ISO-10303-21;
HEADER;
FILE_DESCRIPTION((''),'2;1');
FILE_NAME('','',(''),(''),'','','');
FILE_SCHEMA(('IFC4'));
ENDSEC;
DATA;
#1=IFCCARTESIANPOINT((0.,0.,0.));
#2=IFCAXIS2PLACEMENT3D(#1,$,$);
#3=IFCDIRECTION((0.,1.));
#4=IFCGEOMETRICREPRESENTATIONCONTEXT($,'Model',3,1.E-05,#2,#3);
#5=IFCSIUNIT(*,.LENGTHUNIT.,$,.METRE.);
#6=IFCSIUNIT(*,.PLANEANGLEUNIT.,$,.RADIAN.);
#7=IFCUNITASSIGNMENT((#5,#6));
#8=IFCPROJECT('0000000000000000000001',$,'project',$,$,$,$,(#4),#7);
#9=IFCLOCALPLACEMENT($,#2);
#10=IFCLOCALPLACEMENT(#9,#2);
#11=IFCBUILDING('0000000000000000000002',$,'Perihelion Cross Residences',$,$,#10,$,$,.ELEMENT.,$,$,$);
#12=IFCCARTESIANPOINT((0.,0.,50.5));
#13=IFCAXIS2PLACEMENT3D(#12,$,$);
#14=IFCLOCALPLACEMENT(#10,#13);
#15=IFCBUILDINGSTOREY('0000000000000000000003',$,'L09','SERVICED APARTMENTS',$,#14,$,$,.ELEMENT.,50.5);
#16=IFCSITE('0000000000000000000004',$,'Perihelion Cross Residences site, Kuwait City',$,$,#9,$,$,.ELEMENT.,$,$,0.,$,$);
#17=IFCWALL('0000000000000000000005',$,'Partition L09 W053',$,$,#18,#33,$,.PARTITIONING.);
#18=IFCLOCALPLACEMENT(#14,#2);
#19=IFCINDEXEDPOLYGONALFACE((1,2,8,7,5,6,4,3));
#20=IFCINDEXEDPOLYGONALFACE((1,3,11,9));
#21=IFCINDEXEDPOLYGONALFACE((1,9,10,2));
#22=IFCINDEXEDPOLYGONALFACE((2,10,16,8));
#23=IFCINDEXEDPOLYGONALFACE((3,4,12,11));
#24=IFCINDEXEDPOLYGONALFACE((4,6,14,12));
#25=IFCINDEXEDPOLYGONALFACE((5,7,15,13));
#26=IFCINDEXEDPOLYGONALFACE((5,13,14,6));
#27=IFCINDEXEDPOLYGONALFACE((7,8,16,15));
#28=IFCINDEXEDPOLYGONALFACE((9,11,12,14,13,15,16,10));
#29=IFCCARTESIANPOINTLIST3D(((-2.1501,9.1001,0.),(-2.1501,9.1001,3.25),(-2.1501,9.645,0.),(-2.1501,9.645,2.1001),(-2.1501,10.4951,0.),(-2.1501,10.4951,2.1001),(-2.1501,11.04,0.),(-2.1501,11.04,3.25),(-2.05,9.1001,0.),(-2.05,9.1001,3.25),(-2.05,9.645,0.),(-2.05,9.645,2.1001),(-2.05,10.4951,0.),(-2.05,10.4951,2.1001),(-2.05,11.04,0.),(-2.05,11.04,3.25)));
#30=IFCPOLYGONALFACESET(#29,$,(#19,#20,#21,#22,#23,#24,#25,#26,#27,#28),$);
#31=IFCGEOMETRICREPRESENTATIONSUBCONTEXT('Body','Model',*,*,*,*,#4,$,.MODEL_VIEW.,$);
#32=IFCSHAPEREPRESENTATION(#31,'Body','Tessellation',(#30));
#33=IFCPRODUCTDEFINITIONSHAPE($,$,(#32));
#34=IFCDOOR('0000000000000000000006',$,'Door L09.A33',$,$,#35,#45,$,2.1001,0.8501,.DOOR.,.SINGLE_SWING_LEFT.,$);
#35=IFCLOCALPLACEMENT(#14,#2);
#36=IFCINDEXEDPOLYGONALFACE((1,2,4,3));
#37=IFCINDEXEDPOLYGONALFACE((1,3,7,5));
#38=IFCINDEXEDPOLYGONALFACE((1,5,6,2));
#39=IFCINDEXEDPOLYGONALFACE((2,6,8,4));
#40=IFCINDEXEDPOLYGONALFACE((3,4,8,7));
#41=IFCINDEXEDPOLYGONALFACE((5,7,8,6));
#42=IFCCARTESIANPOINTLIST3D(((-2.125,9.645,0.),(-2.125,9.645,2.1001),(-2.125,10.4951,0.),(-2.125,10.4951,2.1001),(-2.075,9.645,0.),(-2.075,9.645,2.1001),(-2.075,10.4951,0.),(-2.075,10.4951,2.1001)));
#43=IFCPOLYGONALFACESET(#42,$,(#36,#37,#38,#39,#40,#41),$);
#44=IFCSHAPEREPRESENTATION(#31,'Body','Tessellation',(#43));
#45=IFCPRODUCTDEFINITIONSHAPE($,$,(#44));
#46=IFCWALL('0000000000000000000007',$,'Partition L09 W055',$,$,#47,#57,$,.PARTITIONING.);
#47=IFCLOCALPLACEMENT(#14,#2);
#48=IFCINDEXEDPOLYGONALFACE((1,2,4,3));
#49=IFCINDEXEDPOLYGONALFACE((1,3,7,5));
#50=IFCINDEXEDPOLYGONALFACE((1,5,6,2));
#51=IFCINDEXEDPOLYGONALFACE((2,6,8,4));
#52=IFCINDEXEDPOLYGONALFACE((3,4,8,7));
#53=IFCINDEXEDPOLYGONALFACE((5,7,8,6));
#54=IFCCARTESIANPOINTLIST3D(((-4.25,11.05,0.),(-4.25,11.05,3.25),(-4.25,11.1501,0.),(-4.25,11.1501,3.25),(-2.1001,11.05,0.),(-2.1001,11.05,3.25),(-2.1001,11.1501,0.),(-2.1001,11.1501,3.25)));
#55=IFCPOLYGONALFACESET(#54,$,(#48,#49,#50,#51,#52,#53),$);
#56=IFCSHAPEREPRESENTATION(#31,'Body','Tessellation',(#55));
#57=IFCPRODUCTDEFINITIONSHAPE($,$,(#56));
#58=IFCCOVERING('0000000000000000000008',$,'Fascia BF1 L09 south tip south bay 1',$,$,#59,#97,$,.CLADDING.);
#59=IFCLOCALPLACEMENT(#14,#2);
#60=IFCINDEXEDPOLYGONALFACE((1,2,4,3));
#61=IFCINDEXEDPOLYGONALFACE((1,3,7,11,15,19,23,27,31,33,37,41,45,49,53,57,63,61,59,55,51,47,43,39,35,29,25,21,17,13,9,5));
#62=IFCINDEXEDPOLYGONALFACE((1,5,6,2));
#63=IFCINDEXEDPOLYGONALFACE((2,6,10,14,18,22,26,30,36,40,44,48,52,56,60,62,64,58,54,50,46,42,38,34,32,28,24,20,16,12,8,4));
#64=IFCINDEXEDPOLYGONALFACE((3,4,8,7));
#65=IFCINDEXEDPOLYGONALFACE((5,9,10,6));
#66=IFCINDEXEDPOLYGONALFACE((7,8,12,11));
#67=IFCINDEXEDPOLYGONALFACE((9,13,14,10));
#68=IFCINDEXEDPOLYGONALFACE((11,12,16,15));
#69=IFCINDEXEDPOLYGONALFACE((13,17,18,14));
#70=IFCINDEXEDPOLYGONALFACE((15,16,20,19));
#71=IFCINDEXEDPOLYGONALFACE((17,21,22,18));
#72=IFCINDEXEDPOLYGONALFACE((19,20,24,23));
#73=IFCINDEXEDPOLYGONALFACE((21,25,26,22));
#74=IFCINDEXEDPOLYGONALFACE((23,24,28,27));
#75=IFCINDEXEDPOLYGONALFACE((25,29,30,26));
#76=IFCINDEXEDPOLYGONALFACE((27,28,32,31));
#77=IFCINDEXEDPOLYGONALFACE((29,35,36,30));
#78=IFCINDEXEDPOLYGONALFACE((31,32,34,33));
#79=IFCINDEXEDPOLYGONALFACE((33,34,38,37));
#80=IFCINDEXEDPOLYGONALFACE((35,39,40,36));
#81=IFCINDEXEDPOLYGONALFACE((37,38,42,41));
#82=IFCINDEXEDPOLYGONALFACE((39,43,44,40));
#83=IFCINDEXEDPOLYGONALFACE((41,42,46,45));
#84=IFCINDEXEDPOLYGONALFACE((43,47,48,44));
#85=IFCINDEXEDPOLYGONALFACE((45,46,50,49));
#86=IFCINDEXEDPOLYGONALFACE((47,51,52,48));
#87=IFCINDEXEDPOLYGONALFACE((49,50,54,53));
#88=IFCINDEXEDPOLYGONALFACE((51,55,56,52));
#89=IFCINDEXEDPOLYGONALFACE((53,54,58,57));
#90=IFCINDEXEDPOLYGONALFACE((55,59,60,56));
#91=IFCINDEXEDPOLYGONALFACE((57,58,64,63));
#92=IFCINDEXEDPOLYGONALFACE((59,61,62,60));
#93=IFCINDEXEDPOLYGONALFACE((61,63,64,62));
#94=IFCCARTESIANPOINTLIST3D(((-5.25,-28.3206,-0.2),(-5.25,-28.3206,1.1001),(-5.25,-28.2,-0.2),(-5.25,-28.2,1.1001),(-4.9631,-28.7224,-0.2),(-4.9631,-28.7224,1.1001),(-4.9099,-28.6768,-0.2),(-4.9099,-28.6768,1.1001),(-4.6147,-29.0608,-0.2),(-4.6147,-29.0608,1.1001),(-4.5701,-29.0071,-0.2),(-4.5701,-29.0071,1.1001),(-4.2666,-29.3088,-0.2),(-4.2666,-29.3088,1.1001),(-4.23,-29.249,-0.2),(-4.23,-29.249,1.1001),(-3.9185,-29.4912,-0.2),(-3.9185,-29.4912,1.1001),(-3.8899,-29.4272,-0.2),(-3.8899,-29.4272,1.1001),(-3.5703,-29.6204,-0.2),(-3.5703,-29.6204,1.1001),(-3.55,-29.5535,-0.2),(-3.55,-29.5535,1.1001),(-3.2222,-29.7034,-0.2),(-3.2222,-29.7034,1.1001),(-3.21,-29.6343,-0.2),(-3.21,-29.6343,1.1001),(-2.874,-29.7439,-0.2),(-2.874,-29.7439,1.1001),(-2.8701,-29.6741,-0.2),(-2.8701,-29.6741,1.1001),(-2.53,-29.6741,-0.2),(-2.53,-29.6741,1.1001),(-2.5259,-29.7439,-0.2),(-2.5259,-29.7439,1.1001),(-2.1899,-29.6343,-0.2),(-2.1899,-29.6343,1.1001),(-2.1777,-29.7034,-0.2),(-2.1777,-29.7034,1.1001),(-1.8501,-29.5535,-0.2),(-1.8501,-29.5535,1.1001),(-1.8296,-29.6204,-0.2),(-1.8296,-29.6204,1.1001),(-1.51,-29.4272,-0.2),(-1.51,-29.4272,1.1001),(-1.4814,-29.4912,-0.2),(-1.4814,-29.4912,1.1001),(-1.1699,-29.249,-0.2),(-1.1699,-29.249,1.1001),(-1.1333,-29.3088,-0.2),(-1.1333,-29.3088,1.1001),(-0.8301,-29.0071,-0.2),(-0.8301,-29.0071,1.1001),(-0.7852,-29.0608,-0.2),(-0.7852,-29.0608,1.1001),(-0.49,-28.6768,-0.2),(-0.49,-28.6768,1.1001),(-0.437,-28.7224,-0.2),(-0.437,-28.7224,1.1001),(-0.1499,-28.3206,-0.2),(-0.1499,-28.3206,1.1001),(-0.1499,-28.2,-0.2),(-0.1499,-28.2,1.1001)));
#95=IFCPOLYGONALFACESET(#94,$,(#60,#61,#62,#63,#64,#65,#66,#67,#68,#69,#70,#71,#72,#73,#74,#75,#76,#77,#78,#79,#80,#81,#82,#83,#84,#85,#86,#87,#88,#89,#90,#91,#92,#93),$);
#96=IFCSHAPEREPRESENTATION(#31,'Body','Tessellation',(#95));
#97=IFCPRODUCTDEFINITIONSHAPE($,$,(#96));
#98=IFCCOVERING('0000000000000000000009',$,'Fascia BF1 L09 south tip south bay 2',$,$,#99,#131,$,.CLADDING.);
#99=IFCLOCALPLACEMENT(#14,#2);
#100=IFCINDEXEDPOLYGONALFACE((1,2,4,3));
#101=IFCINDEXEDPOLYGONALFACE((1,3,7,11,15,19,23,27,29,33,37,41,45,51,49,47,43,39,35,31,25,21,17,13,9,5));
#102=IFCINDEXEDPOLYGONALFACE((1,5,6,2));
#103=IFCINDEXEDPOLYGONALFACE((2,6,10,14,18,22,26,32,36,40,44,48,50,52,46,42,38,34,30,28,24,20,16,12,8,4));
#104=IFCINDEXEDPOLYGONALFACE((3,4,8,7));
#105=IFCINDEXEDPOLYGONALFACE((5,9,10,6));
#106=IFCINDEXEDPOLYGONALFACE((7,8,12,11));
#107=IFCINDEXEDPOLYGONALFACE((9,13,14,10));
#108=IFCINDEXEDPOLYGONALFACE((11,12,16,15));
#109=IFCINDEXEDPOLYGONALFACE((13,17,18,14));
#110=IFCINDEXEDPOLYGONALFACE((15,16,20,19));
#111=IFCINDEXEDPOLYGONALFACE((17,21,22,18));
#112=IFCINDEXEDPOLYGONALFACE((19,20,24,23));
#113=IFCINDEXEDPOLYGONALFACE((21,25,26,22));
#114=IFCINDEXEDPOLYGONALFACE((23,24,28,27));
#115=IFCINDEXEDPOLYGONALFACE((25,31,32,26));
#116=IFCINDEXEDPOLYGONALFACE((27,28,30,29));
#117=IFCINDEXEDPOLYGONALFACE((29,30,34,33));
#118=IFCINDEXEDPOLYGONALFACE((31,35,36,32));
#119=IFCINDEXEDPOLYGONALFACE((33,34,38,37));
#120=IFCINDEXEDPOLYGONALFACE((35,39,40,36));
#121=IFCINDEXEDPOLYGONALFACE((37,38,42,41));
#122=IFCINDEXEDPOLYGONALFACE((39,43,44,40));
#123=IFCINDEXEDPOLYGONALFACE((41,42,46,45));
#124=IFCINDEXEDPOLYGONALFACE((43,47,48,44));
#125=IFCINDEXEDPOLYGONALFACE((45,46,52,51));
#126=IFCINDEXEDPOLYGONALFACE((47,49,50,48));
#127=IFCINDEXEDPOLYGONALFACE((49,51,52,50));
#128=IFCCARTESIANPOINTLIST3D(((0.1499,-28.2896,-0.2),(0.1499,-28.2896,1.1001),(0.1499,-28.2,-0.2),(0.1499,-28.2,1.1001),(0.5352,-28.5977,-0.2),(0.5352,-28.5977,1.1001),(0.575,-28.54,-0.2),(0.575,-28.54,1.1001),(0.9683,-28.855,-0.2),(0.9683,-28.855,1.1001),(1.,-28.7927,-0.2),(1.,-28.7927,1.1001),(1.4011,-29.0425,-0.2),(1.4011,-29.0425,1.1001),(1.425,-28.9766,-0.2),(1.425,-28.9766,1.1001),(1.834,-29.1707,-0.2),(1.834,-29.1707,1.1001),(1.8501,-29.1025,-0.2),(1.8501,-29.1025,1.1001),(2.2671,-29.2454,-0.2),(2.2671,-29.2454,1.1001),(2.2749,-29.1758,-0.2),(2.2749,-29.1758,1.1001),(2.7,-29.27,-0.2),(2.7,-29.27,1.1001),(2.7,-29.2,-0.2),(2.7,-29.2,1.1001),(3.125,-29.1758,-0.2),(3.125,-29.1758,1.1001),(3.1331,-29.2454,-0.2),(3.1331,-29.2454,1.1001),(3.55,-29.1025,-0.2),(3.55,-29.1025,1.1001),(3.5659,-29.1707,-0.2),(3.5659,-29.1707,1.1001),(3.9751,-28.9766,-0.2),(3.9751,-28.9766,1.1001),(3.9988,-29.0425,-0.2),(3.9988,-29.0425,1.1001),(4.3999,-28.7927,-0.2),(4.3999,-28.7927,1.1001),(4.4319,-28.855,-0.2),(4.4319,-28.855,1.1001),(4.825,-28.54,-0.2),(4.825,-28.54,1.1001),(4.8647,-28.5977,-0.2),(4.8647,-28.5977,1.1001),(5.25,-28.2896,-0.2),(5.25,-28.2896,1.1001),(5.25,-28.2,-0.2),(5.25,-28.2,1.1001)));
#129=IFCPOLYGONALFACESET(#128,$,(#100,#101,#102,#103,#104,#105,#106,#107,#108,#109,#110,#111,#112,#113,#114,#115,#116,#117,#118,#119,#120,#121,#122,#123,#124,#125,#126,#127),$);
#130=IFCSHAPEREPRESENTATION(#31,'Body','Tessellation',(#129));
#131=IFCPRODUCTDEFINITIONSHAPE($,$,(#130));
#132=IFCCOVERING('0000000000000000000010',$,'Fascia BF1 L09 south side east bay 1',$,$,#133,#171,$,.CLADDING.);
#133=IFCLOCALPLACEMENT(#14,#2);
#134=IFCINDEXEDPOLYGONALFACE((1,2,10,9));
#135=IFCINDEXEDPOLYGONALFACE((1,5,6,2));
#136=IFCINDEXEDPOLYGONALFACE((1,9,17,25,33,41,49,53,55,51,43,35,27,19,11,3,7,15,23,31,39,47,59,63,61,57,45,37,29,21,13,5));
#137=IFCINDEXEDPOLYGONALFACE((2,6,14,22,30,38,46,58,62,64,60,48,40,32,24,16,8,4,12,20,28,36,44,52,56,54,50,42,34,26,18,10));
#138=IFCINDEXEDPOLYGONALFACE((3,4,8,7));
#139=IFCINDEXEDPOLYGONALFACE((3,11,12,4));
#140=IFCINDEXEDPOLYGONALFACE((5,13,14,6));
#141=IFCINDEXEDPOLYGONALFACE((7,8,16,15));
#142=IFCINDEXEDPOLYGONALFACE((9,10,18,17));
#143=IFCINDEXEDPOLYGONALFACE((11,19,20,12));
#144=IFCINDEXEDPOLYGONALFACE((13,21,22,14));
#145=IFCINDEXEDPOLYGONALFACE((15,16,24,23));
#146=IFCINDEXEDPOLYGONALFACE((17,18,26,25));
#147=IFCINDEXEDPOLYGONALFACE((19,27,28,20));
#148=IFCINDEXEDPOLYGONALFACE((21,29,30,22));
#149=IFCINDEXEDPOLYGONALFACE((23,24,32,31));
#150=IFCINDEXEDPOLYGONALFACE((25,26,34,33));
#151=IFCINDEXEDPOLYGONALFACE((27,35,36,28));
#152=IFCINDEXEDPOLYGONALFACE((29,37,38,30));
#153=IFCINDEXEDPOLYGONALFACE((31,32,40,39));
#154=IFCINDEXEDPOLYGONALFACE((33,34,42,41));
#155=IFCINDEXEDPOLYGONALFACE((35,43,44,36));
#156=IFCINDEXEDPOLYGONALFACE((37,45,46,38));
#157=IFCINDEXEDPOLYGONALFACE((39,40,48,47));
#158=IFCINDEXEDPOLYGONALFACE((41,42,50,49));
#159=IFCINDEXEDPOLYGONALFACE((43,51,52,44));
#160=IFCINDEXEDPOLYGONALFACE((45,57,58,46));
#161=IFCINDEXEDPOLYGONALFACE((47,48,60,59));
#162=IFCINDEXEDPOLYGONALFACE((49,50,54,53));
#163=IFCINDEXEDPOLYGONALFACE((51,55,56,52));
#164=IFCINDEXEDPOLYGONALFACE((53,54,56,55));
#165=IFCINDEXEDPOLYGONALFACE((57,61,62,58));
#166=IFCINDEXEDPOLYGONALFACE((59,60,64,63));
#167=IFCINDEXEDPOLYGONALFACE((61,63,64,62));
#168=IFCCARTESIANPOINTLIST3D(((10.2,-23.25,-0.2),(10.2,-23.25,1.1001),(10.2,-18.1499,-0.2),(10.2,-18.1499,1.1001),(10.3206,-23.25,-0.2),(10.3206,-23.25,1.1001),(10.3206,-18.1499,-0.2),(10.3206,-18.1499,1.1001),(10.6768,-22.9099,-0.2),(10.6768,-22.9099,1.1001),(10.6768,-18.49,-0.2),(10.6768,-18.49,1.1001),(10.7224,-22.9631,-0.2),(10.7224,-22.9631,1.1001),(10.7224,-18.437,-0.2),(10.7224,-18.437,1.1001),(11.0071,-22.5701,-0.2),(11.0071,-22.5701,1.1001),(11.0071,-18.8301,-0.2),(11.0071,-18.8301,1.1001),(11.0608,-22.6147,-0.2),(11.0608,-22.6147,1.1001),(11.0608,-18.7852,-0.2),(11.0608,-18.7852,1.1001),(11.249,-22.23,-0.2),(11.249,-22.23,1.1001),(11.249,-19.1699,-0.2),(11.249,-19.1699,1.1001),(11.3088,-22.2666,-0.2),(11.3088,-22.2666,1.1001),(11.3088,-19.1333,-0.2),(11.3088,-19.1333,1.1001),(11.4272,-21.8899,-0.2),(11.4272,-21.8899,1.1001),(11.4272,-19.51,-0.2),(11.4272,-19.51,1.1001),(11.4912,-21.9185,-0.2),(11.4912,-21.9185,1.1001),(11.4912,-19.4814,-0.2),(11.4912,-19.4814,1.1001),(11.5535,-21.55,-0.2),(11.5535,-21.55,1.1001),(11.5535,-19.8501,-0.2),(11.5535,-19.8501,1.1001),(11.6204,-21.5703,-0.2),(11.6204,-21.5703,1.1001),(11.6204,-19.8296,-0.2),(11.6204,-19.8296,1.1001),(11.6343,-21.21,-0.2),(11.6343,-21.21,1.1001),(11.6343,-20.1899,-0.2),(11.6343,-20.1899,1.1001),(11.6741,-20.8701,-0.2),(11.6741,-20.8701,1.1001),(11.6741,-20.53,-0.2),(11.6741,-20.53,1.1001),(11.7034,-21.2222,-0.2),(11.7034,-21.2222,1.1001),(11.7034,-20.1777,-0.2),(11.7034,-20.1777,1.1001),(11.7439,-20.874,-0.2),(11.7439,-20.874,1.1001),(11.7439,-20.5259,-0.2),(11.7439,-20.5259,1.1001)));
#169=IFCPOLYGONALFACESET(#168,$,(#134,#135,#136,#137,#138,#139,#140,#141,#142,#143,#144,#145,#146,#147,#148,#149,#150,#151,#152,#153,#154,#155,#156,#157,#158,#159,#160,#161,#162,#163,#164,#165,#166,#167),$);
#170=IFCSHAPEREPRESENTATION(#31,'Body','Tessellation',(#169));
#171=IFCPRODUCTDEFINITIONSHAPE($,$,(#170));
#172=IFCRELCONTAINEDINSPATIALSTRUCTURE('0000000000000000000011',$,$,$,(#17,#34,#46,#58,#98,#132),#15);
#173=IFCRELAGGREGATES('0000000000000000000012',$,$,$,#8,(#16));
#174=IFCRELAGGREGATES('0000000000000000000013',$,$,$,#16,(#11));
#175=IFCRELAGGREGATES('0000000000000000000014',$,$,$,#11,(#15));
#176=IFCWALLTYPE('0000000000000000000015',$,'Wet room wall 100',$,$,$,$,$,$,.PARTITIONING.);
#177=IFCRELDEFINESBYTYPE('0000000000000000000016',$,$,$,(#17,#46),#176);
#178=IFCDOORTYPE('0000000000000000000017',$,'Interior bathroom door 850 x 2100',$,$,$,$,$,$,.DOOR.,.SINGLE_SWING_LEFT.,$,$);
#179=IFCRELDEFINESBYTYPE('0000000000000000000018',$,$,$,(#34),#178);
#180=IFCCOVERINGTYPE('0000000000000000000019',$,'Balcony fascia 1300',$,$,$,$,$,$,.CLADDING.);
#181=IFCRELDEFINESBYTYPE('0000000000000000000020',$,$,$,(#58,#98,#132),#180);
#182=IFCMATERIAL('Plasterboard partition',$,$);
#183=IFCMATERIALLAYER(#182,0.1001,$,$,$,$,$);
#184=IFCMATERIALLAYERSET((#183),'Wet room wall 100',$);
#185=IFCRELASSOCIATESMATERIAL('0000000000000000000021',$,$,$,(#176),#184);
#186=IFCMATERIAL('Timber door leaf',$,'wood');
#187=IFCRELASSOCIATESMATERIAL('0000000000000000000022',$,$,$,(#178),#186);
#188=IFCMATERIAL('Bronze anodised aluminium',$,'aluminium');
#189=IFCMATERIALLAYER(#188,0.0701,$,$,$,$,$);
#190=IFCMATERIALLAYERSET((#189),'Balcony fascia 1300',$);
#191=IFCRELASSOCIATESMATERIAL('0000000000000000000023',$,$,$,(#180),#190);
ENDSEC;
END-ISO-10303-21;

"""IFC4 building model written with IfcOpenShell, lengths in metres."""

from ifc_helpers import new_model, si_unit, direction, frame, frame_2d, origin, place, context, subcontext, project, spatial, polyline, rectangle, outline, extrude, material, layer, layer_set, type_object, element, fill, save


model = new_model("IFC4")

# Units and contexts
model_context = context("Model", 3, precision=1e-05, world=origin(), true_north=direction((0.0, 1.0)))
body_context = subcontext(model_context, "Body", "Model", "MODEL_VIEW")
ifc_project = project(units=[si_unit("LENGTHUNIT", "METRE"), si_unit("PLANEANGLEUNIT", "RADIAN")], contexts=[model_context])

# Site, building, storey
site_placement = place(None, origin())
site = spatial("IfcSite", under=ifc_project, at=site_placement, Name="Perihelion Cross Residences site, Kuwait City", CompositionType="ELEMENT", RefElevation=0.0)
building_placement = place(site_placement, origin())
building = spatial("IfcBuilding", under=site, at=building_placement, Name="Perihelion Cross Residences", CompositionType="ELEMENT")
storey_placement = place(building_placement, frame((0.0, 0.0, 50.5)))
storey = spatial("IfcBuildingStorey", under=building, at=storey_placement, Name="L09", Description="SERVICED APARTMENTS", CompositionType="ELEMENT", Elevation=50.5)

# Shared definitions
ifc_material_1 = material(Name="Plasterboard partition")
ifc_layer_1 = layer(ifc_material_1, 0.1001)
ifc_layer_set_1 = layer_set([ifc_layer_1], Name="Wet room wall 100")
wall_type_1 = type_object("IfcWallType", Name="Wet room wall 100", PredefinedType="PARTITIONING", material=ifc_layer_set_1)
ifc_material_2 = material(Name="Timber door leaf", Category="wood")
door_type_1 = type_object("IfcDoorType", Name="Interior bathroom door 850 x 2100", OperationType="SINGLE_SWING_LEFT", PredefinedType="DOOR", material=ifc_material_2)

# Wall, opening, door
wall_1_placement = place(storey_placement, frame((-2.1001, 9.1001, 0.0), z_axis=(0.0, 0.0, 1.0), x_axis=(0.0, 1.0, 0.0)))
wall_1 = element("IfcWall", 1, at=wall_1_placement, inside=storey, type_object=wall_type_1, Name="Partition L09 W053", PredefinedType="PARTITIONING", context=body_context, shape_type="SweptSolid", body=[
    extrude(rectangle(XDim=1.9399, YDim=0.1001, at=frame_2d((0.97, 0.0))), origin(), (0.0, 0.0, 1.0), 3.25),
])
opening_1_placement = place(wall_1_placement, frame((0.5449, 0.0, 0.0)))
opening_1 = element("IfcOpeningElement", 2, at=opening_1_placement, cuts=wall_1, PredefinedType="OPENING", context=body_context, shape_type="SweptSolid", body=[
    extrude(rectangle(XDim=0.8501, YDim=2.1001, at=frame_2d((0.425, 1.05))), frame((0.0, 0.0601, 0.0), z_axis=(0.0, -1.0, 0.0), x_axis=(1.0, 0.0, 0.0)), (0.0, 0.0, 1.0), 0.1201),
])
door_1_placement = place(opening_1_placement, origin())
door_1 = element("IfcDoor", 3, at=door_1_placement, inside=storey, type_object=door_type_1, Name="Door L09.A33", OperationType="SINGLE_SWING_LEFT", OverallHeight=2.1001, OverallWidth=0.8501, PredefinedType="DOOR", context=body_context, shape_type="SweptSolid", body=[
    extrude(rectangle(XDim=0.8501, YDim=2.1001, at=frame_2d((0.425, 1.05))), frame((0.0, 0.0249, 0.0), z_axis=(0.0, -1.0, 0.0), x_axis=(1.0, 0.0, 0.0)), (0.0, 0.0, 1.0), 0.05),
])
fill(opening_1, door_1)

# Wall
wall_2_placement = place(storey_placement, frame((-4.25, 11.1001, 0.0), z_axis=(0.0, 0.0, 1.0), x_axis=(1.0, 0.0, 0.0)))
element("IfcWall", 4, at=wall_2_placement, inside=storey, type_object=wall_type_1, Name="Partition L09 W055", PredefinedType="PARTITIONING", context=body_context, shape_type="SweptSolid", body=[
    extrude(rectangle(XDim=2.1499, YDim=0.1001, at=frame_2d((1.075, 0.0))), origin(), (0.0, 0.0, 1.0), 3.25),
])

# Coverings
ifc_material_3 = material(Name="Bronze anodised aluminium", Category="aluminium")
ifc_layer_2 = layer(ifc_material_3, 0.0701)
ifc_layer_set_2 = layer_set([ifc_layer_2], Name="Balcony fascia 1300")
covering_type_1 = type_object("IfcCoveringType", Name="Balcony fascia 1300", PredefinedType="CLADDING", material=ifc_layer_set_2)
covering_1_placement = place(storey_placement, frame((0.0, 0.0, -0.2)))
element("IfcCovering", 5, at=covering_1_placement, inside=storey, type_object=covering_type_1, Name="Fascia BF1 L09 south tip south bay 1", PredefinedType="CLADDING", context=body_context, shape_type="SweptSolid", body=[
    extrude(outline(polyline([(-4.9631, -28.7224), (-4.6147, -29.0608), (-4.2666, -29.3088), (-3.9185, -29.4912), (-3.5703, -29.6204), (-3.2222, -29.7034), (-2.874, -29.7439), (-2.5259, -29.7439), (-2.1777, -29.7034), (-1.8296, -29.6204), (-1.4814, -29.4912), (-1.1333, -29.3088), (-0.7852, -29.0608), (-0.437, -28.7224), (-0.1499, -28.3206), (-0.1499, -28.2), (-0.49, -28.6768), (-0.8301, -29.0071), (-1.1699, -29.249), (-1.51, -29.4272), (-1.8501, -29.5535), (-2.1899, -29.6343), (-2.53, -29.6741), (-2.8701, -29.6741), (-3.21, -29.6343), (-3.55, -29.5535), (-3.8899, -29.4272), (-4.23, -29.249), (-4.5701, -29.0071), (-4.9099, -28.6768), (-5.25, -28.2), (-5.25, -28.3206), (-4.9631, -28.7224)])), origin(), (0.0, 0.0, 1.0), 1.3),
])
covering_2_placement = place(storey_placement, frame((0.0, 0.0, -0.2)))
element("IfcCovering", 6, at=covering_2_placement, inside=storey, type_object=covering_type_1, Name="Fascia BF1 L09 south tip south bay 2", PredefinedType="CLADDING", context=body_context, shape_type="SweptSolid", body=[
    extrude(outline(polyline([(0.5352, -28.5977), (0.9683, -28.855), (1.4011, -29.0425), (1.834, -29.1707), (2.2671, -29.2454), (2.7, -29.27), (3.1331, -29.2454), (3.5659, -29.1707), (3.9988, -29.0425), (4.4319, -28.855), (4.8647, -28.5977), (5.25, -28.2896), (5.25, -28.2), (4.825, -28.54), (4.3999, -28.7927), (3.9751, -28.9766), (3.55, -29.1025), (3.125, -29.1758), (2.7, -29.2), (2.2749, -29.1758), (1.8501, -29.1025), (1.425, -28.9766), (1.0, -28.7927), (0.575, -28.54), (0.1499, -28.2), (0.1499, -28.2896), (0.5352, -28.5977)])), origin(), (0.0, 0.0, 1.0), 1.3),
])
covering_3_placement = place(storey_placement, frame((0.0, 0.0, -0.2)))
element("IfcCovering", 7, at=covering_3_placement, inside=storey, type_object=covering_type_1, Name="Fascia BF1 L09 south side east bay 1", PredefinedType="CLADDING", context=body_context, shape_type="SweptSolid", body=[
    extrude(outline(polyline([(10.7224, -22.9631), (11.0608, -22.6147), (11.3088, -22.2666), (11.4912, -21.9185), (11.6204, -21.5703), (11.7034, -21.2222), (11.7439, -20.874), (11.7439, -20.5259), (11.7034, -20.1777), (11.6204, -19.8296), (11.4912, -19.4814), (11.3088, -19.1333), (11.0608, -18.7852), (10.7224, -18.437), (10.3206, -18.1499), (10.2, -18.1499), (10.6768, -18.49), (11.0071, -18.8301), (11.249, -19.1699), (11.4272, -19.51), (11.5535, -19.8501), (11.6343, -20.1899), (11.6741, -20.53), (11.6741, -20.8701), (11.6343, -21.21), (11.5535, -21.55), (11.4272, -21.8899), (11.249, -22.23), (11.0071, -22.5701), (10.6768, -22.9099), (10.2, -23.25), (10.3206, -23.25), (10.7224, -22.9631)])), origin(), (0.0, 0.0, 1.0), 1.3),
])

save(model, "model.ifc")
